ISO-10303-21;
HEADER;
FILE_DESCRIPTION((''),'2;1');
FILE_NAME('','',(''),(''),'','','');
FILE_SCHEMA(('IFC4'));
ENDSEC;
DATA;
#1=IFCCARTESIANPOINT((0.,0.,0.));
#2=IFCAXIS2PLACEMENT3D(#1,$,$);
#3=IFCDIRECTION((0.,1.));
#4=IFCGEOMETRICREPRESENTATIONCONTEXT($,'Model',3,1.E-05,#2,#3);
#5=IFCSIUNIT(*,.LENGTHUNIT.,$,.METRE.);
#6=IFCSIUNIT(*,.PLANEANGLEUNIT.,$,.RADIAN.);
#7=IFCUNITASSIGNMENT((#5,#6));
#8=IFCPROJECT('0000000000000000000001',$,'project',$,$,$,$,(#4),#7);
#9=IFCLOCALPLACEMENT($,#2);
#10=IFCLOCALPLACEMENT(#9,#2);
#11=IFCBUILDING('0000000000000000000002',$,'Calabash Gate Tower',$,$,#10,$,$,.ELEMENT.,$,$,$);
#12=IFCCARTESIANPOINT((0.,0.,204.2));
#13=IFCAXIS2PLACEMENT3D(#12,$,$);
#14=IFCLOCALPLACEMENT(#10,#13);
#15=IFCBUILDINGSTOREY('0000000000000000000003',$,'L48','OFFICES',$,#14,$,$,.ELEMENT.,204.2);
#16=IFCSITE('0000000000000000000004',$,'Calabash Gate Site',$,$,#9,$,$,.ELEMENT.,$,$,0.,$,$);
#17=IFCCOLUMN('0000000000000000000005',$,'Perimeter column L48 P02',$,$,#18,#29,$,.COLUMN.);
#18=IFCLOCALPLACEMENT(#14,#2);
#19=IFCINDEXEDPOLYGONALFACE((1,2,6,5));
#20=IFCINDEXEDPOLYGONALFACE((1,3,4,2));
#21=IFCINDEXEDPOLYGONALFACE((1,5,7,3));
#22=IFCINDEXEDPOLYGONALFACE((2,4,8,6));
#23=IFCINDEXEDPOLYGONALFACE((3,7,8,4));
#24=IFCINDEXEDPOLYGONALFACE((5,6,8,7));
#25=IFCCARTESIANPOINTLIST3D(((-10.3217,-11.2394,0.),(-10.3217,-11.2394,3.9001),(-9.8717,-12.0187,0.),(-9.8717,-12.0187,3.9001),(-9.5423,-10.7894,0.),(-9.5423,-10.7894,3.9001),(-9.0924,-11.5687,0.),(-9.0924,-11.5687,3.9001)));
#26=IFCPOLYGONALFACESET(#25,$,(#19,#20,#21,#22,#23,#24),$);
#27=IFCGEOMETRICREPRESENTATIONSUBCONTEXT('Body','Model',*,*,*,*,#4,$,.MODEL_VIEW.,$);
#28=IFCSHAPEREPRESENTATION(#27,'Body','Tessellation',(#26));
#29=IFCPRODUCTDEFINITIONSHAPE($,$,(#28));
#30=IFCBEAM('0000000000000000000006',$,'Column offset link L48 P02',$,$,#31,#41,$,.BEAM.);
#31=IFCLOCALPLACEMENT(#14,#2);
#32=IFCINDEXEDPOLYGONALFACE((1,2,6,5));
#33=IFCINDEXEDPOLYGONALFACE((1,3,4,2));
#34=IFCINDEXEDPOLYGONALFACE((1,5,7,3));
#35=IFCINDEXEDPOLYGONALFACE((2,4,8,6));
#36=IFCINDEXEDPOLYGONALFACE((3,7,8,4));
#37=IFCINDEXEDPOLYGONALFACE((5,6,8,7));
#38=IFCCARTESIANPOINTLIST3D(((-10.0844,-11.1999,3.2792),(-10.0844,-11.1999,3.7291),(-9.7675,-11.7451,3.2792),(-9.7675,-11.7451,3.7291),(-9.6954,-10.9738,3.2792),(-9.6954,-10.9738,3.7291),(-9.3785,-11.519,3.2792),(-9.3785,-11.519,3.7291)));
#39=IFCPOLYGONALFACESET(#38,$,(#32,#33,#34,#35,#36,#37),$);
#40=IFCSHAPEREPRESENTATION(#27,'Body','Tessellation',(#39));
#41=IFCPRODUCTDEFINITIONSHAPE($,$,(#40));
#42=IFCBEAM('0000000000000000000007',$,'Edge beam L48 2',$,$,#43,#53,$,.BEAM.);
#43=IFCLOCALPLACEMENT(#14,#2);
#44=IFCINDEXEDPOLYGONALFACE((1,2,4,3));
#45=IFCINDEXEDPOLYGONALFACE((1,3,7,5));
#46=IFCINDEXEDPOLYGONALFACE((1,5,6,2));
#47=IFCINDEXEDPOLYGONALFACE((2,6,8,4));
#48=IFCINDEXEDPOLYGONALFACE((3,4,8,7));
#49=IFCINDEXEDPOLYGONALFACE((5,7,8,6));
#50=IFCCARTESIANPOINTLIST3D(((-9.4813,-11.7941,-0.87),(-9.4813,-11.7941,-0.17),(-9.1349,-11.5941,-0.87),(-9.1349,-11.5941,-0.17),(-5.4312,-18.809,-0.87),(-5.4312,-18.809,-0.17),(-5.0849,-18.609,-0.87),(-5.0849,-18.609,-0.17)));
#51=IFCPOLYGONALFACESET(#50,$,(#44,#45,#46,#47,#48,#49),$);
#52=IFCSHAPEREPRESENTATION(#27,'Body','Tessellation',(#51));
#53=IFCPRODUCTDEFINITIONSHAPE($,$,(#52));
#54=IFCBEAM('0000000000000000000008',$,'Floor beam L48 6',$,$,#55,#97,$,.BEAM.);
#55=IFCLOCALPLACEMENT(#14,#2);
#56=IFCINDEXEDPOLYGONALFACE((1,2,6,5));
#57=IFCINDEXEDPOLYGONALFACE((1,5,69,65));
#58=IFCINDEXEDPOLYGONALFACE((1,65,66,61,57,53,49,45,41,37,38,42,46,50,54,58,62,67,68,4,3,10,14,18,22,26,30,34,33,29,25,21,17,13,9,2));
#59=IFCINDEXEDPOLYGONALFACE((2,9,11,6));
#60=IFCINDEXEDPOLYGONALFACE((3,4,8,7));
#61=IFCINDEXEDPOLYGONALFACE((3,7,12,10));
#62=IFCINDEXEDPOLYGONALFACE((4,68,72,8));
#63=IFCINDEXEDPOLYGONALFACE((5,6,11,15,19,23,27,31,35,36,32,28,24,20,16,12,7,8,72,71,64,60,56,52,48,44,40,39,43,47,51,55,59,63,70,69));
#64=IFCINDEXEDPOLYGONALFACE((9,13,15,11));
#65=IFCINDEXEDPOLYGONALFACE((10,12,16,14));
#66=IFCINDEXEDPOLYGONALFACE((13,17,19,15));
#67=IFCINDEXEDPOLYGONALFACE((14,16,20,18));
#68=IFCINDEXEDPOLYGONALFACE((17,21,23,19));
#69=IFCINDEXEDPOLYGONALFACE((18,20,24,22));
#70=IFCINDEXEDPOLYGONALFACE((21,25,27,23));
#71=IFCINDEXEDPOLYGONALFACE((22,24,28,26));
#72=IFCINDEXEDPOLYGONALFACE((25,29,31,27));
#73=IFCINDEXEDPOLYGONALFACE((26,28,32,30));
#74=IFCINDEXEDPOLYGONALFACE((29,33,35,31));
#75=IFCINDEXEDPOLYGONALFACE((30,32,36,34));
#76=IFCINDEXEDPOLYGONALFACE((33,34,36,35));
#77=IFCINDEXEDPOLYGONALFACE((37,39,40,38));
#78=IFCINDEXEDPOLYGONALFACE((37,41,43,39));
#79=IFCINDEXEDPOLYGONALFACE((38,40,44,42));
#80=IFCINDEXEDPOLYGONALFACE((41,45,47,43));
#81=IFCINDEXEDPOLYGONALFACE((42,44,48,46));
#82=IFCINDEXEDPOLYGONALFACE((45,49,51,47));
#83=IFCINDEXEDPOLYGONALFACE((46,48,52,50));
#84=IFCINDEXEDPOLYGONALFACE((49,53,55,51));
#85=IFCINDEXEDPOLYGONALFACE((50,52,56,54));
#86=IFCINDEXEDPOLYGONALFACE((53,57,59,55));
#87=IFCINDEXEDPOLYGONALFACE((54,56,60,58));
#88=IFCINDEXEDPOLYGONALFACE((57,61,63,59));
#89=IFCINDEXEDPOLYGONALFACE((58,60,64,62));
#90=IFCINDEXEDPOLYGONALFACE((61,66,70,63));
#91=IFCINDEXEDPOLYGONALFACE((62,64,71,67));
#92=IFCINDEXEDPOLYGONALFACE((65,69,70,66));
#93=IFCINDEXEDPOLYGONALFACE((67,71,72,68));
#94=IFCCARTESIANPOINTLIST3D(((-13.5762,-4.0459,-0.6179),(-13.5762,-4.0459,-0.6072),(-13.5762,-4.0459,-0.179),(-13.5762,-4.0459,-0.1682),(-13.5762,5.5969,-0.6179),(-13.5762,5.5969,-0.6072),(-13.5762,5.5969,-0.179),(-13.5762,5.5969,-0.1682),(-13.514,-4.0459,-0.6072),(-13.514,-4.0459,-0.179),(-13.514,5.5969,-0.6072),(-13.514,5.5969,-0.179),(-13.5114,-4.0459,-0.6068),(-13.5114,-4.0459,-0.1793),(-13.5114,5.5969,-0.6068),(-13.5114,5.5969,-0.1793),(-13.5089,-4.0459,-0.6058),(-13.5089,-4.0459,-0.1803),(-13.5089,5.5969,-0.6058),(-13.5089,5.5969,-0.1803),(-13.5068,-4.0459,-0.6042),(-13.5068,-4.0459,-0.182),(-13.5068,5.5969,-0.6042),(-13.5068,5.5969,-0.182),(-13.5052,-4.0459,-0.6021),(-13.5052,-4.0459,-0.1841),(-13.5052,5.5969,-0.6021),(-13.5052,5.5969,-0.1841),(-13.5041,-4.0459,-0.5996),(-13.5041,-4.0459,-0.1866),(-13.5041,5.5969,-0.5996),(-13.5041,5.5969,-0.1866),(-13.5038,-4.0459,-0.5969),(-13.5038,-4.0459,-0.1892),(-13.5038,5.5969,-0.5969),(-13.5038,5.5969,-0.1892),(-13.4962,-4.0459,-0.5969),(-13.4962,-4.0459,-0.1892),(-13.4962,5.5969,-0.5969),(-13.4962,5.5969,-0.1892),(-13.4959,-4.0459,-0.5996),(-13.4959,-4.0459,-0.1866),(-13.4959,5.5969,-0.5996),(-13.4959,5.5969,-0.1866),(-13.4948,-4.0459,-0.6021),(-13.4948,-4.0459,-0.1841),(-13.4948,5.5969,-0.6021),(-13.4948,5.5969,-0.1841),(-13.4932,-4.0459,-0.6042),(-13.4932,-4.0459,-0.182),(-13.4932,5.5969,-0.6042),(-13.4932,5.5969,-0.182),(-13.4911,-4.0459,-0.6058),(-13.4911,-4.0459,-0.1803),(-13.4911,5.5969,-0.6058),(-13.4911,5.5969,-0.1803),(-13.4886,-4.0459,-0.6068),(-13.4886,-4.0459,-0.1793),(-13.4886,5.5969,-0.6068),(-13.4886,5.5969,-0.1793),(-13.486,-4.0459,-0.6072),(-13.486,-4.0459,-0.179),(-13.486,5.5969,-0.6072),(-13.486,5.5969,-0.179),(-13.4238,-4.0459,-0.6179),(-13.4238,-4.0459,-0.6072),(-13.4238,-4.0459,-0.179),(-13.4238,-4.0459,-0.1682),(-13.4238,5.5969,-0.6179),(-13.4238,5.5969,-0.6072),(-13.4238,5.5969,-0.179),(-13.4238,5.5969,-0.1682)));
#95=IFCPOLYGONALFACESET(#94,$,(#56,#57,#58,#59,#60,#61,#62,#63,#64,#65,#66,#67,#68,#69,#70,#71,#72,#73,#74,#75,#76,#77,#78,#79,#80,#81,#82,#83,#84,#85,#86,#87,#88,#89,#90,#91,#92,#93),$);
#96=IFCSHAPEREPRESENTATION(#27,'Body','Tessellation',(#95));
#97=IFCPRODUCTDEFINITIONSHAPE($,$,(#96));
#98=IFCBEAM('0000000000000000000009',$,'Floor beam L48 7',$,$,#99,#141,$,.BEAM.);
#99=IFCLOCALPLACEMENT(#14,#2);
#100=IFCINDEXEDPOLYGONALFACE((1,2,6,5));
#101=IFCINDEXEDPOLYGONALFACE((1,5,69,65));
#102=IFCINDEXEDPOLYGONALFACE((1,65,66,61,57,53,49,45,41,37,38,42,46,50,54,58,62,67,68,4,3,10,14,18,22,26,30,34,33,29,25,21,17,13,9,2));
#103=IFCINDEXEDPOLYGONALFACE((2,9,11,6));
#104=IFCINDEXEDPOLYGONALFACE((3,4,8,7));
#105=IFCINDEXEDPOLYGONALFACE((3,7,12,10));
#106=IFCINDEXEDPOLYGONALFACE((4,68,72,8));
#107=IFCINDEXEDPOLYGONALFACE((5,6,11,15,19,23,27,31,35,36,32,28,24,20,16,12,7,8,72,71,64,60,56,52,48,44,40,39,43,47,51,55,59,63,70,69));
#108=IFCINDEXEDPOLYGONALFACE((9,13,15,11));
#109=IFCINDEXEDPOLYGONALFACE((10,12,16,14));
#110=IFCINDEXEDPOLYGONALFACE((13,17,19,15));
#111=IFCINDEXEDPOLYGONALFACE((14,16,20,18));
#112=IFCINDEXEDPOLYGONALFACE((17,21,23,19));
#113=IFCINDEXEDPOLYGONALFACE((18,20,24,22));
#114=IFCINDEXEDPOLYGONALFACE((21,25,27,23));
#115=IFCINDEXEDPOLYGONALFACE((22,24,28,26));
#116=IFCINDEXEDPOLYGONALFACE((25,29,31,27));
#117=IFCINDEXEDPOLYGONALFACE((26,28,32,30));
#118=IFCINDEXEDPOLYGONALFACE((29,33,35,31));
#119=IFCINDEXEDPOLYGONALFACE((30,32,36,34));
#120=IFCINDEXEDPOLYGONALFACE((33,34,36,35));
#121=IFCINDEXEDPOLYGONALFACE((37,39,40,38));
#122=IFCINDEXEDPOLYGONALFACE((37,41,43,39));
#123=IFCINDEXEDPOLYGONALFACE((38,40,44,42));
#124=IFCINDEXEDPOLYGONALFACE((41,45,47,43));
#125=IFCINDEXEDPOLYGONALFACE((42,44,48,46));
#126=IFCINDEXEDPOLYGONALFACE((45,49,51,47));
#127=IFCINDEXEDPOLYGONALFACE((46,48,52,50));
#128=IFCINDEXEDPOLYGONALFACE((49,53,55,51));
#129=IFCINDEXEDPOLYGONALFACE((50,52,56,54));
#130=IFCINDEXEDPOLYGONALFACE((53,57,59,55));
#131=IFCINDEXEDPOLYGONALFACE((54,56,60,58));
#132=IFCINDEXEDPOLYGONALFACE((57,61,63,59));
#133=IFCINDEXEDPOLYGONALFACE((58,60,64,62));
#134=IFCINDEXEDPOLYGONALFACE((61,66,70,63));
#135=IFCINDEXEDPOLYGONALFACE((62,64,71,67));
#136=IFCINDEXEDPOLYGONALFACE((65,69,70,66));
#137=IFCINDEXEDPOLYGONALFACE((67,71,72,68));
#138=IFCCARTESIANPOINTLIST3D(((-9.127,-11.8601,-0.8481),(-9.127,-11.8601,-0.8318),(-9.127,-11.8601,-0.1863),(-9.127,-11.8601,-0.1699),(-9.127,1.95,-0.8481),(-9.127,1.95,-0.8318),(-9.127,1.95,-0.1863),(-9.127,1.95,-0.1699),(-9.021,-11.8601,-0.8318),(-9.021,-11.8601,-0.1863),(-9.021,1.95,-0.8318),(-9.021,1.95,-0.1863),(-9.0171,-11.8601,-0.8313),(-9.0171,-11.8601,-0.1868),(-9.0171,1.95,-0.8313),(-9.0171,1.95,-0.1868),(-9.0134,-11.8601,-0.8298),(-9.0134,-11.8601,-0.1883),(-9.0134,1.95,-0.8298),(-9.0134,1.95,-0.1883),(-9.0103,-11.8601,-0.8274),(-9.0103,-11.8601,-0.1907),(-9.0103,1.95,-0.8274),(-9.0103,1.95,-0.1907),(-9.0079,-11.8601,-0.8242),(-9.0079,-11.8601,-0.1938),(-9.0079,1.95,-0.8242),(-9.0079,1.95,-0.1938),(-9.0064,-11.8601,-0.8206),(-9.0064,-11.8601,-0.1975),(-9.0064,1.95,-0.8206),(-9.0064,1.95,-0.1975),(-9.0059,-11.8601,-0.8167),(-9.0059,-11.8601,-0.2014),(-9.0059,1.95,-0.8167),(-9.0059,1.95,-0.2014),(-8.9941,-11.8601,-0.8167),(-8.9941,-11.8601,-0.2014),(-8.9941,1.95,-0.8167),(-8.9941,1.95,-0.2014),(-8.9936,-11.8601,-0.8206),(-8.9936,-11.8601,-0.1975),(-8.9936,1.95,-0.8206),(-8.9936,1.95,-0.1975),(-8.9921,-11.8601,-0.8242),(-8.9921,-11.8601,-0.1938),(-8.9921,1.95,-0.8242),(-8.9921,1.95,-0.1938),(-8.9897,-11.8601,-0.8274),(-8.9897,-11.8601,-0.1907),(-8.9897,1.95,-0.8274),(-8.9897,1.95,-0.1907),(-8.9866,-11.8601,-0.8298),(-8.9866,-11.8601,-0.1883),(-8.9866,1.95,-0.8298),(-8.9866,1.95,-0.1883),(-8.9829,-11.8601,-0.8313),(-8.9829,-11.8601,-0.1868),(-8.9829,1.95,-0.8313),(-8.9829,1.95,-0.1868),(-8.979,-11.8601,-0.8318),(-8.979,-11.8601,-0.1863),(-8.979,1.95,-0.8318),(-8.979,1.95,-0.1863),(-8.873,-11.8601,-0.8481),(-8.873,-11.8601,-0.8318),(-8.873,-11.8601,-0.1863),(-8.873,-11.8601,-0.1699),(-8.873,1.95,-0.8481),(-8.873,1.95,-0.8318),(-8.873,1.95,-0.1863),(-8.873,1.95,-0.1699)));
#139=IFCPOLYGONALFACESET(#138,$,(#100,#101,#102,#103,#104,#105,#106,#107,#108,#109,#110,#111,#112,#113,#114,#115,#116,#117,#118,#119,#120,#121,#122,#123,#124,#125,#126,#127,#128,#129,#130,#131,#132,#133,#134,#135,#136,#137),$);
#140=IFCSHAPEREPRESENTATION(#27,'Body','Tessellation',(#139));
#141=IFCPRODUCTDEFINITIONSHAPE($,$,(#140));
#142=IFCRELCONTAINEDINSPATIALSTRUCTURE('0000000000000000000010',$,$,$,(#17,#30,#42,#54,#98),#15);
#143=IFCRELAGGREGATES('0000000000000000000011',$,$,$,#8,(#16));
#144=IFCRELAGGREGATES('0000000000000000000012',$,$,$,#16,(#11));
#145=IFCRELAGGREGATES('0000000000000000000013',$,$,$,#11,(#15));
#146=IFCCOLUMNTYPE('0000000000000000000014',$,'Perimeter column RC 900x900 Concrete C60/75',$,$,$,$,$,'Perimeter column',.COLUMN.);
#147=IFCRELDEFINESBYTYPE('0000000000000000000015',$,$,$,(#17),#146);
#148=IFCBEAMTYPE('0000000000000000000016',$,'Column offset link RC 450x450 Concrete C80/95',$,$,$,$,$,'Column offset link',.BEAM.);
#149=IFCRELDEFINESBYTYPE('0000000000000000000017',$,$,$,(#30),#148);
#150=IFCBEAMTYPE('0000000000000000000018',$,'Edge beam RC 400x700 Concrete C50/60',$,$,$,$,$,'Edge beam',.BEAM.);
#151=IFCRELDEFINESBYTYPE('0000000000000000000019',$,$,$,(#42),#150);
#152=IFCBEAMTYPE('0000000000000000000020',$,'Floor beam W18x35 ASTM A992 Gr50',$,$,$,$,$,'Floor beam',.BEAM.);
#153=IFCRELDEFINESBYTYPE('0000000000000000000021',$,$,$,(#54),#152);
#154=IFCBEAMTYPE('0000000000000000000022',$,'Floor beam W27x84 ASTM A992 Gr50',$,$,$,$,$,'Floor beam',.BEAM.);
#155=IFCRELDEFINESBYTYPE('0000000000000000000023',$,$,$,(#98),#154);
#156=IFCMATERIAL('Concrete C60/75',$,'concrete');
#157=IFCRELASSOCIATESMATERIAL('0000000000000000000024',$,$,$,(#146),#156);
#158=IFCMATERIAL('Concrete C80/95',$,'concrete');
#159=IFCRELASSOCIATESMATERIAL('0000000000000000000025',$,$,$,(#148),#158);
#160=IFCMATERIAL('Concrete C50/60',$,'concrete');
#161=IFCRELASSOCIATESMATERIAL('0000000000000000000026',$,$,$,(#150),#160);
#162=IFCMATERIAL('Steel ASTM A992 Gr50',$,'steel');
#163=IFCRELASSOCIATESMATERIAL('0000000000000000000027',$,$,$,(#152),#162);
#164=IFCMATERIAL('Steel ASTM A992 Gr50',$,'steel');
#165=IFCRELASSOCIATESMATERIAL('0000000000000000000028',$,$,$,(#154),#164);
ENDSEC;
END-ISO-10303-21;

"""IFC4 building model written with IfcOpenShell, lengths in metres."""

from ifc_helpers import new_model, si_unit, direction, frame, origin, origin_2d, place, context, subcontext, project, spatial, rectangle, i_section, extrude, material, material_profile, profile_set, type_object, element, save


model = new_model("IFC4")

# Units and contexts
model_context = context("Model", 3, precision=1e-05, world=origin(), true_north=direction((0.0, 1.0)))
body_context = subcontext(model_context, "Body", "Model", "MODEL_VIEW")
ifc_project = project(units=[si_unit("LENGTHUNIT", "METRE"), si_unit("PLANEANGLEUNIT", "RADIAN")], contexts=[model_context])

# Site, building, storey
site_placement = place(None, origin())
site = spatial("IfcSite", under=ifc_project, at=site_placement, Name="Calabash Gate Site", CompositionType="ELEMENT", RefElevation=0.0)
building_placement = place(site_placement, origin())
building = spatial("IfcBuilding", under=site, at=building_placement, Name="Calabash Gate Tower", CompositionType="ELEMENT")
storey_placement = place(building_placement, frame((0.0, 0.0, 204.2)))
storey = spatial("IfcBuildingStorey", under=building, at=storey_placement, Name="L48", Description="OFFICES", CompositionType="ELEMENT", Elevation=204.2)

# Column
ifc_material_1 = material(Name="Concrete C60/75", Category="concrete")
ifc_material_profile_1 = material_profile(ifc_material_1, rectangle(XDim=0.8999, YDim=0.8999, at=origin_2d()))
ifc_profile_set_1 = profile_set([ifc_material_profile_1], Name="Concrete C60/75")
column_type = type_object("IfcColumnType", Name="Perimeter column RC 900x900 Concrete C60/75", ElementType="Perimeter column", PredefinedType="COLUMN", material=ifc_profile_set_1)
column_placement = place(storey_placement, frame((-9.707, -11.4041, 0.0), z_axis=(0.0, 0.0, 1.0), x_axis=(0.5, -0.866025, 0.0)))
element("IfcColumn", 1, at=column_placement, inside=storey, type_object=column_type, Name="Perimeter column L48 P02", PredefinedType="COLUMN", context=body_context, shape_type="SweptSolid", body=[
    extrude(rectangle(XDim=0.8999, YDim=0.8999, at=origin_2d()), origin(), (0.0, 0.0, 1.0), 3.9001),
])

# Beams
ifc_material_2 = material(Name="Concrete C80/95", Category="concrete")
ifc_material_profile_2 = material_profile(ifc_material_2, rectangle(XDim=0.45, YDim=0.45, at=origin_2d()))
ifc_profile_set_2 = profile_set([ifc_material_profile_2], Name="Concrete C80/95")
beam_type_1 = type_object("IfcBeamType", Name="Column offset link RC 450x450 Concrete C80/95", ElementType="Column offset link", PredefinedType="BEAM", material=ifc_profile_set_2)
beam_1_placement = place(storey_placement, frame((-9.573, -11.6321, 3.5042), z_axis=(-0.502546, 0.86455, 0.0), x_axis=(-0.86455, -0.502546, 0.0)))
element("IfcBeam", 2, at=beam_1_placement, inside=storey, type_object=beam_type_1, Name="Column offset link L48 P02", PredefinedType="BEAM", context=body_context, shape_type="SweptSolid", body=[
    extrude(rectangle(XDim=0.45, YDim=0.45, at=origin_2d()), origin(), (0.0, 0.0, 1.0), 0.6306),
])
ifc_material_3 = material(Name="Concrete C50/60", Category="concrete")
ifc_material_profile_3 = material_profile(ifc_material_3, rectangle(XDim=0.3999, YDim=0.7, at=origin_2d()))
ifc_profile_set_3 = profile_set([ifc_material_profile_3], Name="Concrete C50/60")
beam_type_2 = type_object("IfcBeamType", Name="Edge beam RC 400x700 Concrete C50/60", ElementType="Edge beam", PredefinedType="BEAM", material=ifc_profile_set_3)
beam_2_placement = place(storey_placement, frame((-9.3081, -11.6941, -0.52), z_axis=(0.5, -0.866025, 0.0), x_axis=(0.866025, 0.5, 0.0)))
element("IfcBeam", 3, at=beam_2_placement, inside=storey, type_object=beam_type_2, Name="Edge beam L48 2", PredefinedType="BEAM", context=body_context, shape_type="SweptSolid", body=[
    extrude(rectangle(XDim=0.3999, YDim=0.7, at=origin_2d()), origin(), (0.0, 0.0, 1.0), 8.1001),
])
ifc_material_4 = material(Name="Steel ASTM A992 Gr50", Category="steel")
ifc_material_profile_4 = material_profile(ifc_material_4, i_section(OverallWidth=0.1523, OverallDepth=0.4497, WebThickness=0.0076, FlangeThickness=0.0107, FilletRadius=0.0103, at=origin_2d()))
ifc_profile_set_4 = profile_set([ifc_material_profile_4], Name="Steel ASTM A992 Gr50")
beam_type_3 = type_object("IfcBeamType", Name="Floor beam W18x35 ASTM A992 Gr50", ElementType="Floor beam", PredefinedType="BEAM", material=ifc_profile_set_4)
beam_3_placement = place(storey_placement, frame((-13.5, -4.0459, -0.3931), z_axis=(0.0, 1.0, 0.0), x_axis=(-1.0, 0.0, 0.0)))
element("IfcBeam", 4, at=beam_3_placement, inside=storey, type_object=beam_type_3, Name="Floor beam L48 6", PredefinedType="BEAM", context=body_context, shape_type="SweptSolid", body=[
    extrude(i_section(OverallWidth=0.1523, OverallDepth=0.4497, WebThickness=0.0076, FlangeThickness=0.0107, FilletRadius=0.0103, at=origin_2d()), origin(), (0.0, 0.0, 1.0), 9.6428),
])
ifc_material_5 = material(Name="Steel ASTM A992 Gr50", Category="steel")
ifc_material_profile_5 = material_profile(ifc_material_5, i_section(OverallWidth=0.2539, OverallDepth=0.6782, WebThickness=0.0117, FlangeThickness=0.0164, FilletRadius=0.0151, at=origin_2d()))
ifc_profile_set_5 = profile_set([ifc_material_profile_5], Name="Steel ASTM A992 Gr50")
beam_type_4 = type_object("IfcBeamType", Name="Floor beam W27x84 ASTM A992 Gr50", ElementType="Floor beam", PredefinedType="BEAM", material=ifc_profile_set_5)
beam_4_placement = place(storey_placement, frame((-9.0, -11.8601, -0.509), z_axis=(0.0, 1.0, 0.0), x_axis=(-1.0, 0.0, 0.0)))
element("IfcBeam", 5, at=beam_4_placement, inside=storey, type_object=beam_type_4, Name="Floor beam L48 7", PredefinedType="BEAM", context=body_context, shape_type="SweptSolid", body=[
    extrude(i_section(OverallWidth=0.2539, OverallDepth=0.6782, WebThickness=0.0117, FlangeThickness=0.0164, FilletRadius=0.0151, at=origin_2d()), origin(), (0.0, 0.0, 1.0), 13.8101),
])

save(model, "model.ifc")
